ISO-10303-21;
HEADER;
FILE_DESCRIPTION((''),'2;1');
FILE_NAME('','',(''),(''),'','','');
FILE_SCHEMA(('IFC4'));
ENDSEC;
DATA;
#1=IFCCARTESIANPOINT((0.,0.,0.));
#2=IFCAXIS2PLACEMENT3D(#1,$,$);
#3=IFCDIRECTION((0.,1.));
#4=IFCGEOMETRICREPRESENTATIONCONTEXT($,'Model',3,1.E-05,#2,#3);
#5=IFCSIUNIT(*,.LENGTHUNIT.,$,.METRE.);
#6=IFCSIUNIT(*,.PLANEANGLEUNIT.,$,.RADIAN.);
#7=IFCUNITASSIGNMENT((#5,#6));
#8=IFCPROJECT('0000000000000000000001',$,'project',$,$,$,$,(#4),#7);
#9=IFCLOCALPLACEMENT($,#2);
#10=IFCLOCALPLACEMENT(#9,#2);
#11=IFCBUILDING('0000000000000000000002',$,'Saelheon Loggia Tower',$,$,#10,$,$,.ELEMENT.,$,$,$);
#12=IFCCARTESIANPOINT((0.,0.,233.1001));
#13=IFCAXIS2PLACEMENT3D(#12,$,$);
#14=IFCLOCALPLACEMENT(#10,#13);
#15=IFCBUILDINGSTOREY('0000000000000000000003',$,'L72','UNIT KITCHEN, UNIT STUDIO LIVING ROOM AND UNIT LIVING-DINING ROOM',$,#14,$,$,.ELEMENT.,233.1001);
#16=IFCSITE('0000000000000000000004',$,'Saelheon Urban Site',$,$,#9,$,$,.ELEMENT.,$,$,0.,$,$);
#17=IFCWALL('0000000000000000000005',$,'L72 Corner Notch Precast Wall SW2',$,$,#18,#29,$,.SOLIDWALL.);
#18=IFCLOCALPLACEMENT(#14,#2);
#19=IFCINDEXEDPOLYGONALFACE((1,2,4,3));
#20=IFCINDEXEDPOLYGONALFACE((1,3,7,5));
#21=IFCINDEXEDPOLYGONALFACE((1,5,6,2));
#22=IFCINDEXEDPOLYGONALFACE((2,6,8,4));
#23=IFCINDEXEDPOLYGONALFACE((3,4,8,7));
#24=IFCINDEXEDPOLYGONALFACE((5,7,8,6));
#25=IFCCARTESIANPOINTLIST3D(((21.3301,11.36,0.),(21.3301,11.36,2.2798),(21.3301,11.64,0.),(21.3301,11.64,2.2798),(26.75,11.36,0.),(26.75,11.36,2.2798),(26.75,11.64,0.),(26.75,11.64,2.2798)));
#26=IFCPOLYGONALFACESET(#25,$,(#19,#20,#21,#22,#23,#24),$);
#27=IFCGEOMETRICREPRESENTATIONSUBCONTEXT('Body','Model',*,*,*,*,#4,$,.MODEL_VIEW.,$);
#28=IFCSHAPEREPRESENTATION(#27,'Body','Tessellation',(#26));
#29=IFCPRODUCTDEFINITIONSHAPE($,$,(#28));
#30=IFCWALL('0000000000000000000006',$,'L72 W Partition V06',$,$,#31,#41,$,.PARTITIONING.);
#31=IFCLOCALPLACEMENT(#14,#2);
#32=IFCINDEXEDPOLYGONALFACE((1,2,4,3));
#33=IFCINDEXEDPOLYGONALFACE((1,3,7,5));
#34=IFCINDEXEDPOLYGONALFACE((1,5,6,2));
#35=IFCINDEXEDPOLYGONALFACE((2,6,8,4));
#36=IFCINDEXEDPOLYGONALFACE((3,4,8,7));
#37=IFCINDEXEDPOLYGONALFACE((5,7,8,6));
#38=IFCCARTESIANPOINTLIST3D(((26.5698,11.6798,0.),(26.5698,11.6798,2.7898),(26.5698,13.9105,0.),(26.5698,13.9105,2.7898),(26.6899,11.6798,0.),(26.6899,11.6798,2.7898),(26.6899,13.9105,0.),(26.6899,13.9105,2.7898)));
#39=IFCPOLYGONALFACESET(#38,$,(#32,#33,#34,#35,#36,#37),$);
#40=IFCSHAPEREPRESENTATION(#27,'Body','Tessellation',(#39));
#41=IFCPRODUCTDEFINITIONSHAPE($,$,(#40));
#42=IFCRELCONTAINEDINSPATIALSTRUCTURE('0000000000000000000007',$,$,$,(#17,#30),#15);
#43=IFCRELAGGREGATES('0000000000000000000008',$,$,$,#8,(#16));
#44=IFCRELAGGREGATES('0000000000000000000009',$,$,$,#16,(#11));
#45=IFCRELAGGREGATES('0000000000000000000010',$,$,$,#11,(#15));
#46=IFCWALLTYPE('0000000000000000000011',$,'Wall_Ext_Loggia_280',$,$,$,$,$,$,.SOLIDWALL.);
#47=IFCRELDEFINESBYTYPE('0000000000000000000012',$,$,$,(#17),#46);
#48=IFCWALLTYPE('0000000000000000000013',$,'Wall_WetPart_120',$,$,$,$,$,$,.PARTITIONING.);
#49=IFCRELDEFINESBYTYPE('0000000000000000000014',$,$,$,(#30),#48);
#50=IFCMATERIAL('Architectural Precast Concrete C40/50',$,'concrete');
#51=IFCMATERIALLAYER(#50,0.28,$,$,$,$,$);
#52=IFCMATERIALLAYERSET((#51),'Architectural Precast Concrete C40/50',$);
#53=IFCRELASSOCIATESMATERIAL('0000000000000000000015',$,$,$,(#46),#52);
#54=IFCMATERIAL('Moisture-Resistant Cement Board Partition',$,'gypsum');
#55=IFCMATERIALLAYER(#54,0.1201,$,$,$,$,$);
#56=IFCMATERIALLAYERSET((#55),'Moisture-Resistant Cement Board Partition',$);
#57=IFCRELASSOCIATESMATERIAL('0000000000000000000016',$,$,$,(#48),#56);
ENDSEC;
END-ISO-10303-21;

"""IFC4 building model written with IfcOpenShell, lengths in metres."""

from ifc_helpers import new_model, si_unit, direction, frame, frame_2d, origin, place, context, subcontext, project, spatial, rectangle, extrude, material, layer, layer_set, type_object, element, save


model = new_model("IFC4")

# Units and contexts
model_context = context("Model", 3, precision=1e-05, world=origin(), true_north=direction((0.0, 1.0)))
body_context = subcontext(model_context, "Body", "Model", "MODEL_VIEW")
ifc_project = project(units=[si_unit("LENGTHUNIT", "METRE"), si_unit("PLANEANGLEUNIT", "RADIAN")], contexts=[model_context])

# Site, building, storey
site_placement = place(None, origin())
site = spatial("IfcSite", under=ifc_project, at=site_placement, Name="Saelheon Urban Site", CompositionType="ELEMENT", RefElevation=0.0)
building_placement = place(site_placement, origin())
building = spatial("IfcBuilding", under=site, at=building_placement, Name="Saelheon Loggia Tower", CompositionType="ELEMENT")
storey_placement = place(building_placement, frame((0.0, 0.0, 233.1001)))
storey = spatial("IfcBuildingStorey", under=building, at=storey_placement, Name="L72", Description="UNIT KITCHEN, UNIT STUDIO LIVING ROOM AND UNIT LIVING-DINING ROOM", CompositionType="ELEMENT", Elevation=233.1001)

# Shared definitions
ifc_material_1 = material(Name="Architectural Precast Concrete C40/50", Category="concrete")
ifc_layer_1 = layer(ifc_material_1, 0.28)
ifc_layer_set_1 = layer_set([ifc_layer_1], Name="Architectural Precast Concrete C40/50")
wall_type_1 = type_object("IfcWallType", Name="Wall_Ext_Loggia_280", PredefinedType="SOLIDWALL", material=ifc_layer_set_1)

# Walls
for number, where, z_axis, x_axis, name in (
    (1, (21.3301, 11.5, 0.0), (0.0, 0.0, 1.0), (1.0, 0.0, 0.0), "L72 Corner Notch Precast Wall SW2"),
):
    element("IfcWall", number, at=place(storey_placement, frame(where, z_axis=z_axis, x_axis=x_axis)), inside=storey, type_object=wall_type_1, Name=name, PredefinedType="SOLIDWALL", context=body_context, shape_type="SweptSolid", body=[
        extrude(rectangle(XDim=5.4199, YDim=0.28, at=frame_2d((2.71, 0.0))), origin(), (0.0, 0.0, 1.0), 2.2798),
    ])
ifc_material_2 = material(Name="Moisture-Resistant Cement Board Partition", Category="gypsum")
ifc_layer_2 = layer(ifc_material_2, 0.1201)
ifc_layer_set_2 = layer_set([ifc_layer_2], Name="Moisture-Resistant Cement Board Partition")
wall_type_2 = type_object("IfcWallType", Name="Wall_WetPart_120", PredefinedType="PARTITIONING", material=ifc_layer_set_2)
wall_1_placement = place(storey_placement, frame((26.6299, 11.6799, 0.0), z_axis=(0.0, 0.0, 1.0), x_axis=(0.0, 1.0, 0.0)))
element("IfcWall", 2, at=wall_1_placement, inside=storey, type_object=wall_type_2, Name="L72 W Partition V06", PredefinedType="PARTITIONING", context=body_context, shape_type="SweptSolid", body=[
    extrude(rectangle(XDim=2.2307, YDim=0.1201, at=frame_2d((1.1152, 0.0))), origin(), (0.0, 0.0, 1.0), 2.7898),
])

save(model, "model.ifc")
